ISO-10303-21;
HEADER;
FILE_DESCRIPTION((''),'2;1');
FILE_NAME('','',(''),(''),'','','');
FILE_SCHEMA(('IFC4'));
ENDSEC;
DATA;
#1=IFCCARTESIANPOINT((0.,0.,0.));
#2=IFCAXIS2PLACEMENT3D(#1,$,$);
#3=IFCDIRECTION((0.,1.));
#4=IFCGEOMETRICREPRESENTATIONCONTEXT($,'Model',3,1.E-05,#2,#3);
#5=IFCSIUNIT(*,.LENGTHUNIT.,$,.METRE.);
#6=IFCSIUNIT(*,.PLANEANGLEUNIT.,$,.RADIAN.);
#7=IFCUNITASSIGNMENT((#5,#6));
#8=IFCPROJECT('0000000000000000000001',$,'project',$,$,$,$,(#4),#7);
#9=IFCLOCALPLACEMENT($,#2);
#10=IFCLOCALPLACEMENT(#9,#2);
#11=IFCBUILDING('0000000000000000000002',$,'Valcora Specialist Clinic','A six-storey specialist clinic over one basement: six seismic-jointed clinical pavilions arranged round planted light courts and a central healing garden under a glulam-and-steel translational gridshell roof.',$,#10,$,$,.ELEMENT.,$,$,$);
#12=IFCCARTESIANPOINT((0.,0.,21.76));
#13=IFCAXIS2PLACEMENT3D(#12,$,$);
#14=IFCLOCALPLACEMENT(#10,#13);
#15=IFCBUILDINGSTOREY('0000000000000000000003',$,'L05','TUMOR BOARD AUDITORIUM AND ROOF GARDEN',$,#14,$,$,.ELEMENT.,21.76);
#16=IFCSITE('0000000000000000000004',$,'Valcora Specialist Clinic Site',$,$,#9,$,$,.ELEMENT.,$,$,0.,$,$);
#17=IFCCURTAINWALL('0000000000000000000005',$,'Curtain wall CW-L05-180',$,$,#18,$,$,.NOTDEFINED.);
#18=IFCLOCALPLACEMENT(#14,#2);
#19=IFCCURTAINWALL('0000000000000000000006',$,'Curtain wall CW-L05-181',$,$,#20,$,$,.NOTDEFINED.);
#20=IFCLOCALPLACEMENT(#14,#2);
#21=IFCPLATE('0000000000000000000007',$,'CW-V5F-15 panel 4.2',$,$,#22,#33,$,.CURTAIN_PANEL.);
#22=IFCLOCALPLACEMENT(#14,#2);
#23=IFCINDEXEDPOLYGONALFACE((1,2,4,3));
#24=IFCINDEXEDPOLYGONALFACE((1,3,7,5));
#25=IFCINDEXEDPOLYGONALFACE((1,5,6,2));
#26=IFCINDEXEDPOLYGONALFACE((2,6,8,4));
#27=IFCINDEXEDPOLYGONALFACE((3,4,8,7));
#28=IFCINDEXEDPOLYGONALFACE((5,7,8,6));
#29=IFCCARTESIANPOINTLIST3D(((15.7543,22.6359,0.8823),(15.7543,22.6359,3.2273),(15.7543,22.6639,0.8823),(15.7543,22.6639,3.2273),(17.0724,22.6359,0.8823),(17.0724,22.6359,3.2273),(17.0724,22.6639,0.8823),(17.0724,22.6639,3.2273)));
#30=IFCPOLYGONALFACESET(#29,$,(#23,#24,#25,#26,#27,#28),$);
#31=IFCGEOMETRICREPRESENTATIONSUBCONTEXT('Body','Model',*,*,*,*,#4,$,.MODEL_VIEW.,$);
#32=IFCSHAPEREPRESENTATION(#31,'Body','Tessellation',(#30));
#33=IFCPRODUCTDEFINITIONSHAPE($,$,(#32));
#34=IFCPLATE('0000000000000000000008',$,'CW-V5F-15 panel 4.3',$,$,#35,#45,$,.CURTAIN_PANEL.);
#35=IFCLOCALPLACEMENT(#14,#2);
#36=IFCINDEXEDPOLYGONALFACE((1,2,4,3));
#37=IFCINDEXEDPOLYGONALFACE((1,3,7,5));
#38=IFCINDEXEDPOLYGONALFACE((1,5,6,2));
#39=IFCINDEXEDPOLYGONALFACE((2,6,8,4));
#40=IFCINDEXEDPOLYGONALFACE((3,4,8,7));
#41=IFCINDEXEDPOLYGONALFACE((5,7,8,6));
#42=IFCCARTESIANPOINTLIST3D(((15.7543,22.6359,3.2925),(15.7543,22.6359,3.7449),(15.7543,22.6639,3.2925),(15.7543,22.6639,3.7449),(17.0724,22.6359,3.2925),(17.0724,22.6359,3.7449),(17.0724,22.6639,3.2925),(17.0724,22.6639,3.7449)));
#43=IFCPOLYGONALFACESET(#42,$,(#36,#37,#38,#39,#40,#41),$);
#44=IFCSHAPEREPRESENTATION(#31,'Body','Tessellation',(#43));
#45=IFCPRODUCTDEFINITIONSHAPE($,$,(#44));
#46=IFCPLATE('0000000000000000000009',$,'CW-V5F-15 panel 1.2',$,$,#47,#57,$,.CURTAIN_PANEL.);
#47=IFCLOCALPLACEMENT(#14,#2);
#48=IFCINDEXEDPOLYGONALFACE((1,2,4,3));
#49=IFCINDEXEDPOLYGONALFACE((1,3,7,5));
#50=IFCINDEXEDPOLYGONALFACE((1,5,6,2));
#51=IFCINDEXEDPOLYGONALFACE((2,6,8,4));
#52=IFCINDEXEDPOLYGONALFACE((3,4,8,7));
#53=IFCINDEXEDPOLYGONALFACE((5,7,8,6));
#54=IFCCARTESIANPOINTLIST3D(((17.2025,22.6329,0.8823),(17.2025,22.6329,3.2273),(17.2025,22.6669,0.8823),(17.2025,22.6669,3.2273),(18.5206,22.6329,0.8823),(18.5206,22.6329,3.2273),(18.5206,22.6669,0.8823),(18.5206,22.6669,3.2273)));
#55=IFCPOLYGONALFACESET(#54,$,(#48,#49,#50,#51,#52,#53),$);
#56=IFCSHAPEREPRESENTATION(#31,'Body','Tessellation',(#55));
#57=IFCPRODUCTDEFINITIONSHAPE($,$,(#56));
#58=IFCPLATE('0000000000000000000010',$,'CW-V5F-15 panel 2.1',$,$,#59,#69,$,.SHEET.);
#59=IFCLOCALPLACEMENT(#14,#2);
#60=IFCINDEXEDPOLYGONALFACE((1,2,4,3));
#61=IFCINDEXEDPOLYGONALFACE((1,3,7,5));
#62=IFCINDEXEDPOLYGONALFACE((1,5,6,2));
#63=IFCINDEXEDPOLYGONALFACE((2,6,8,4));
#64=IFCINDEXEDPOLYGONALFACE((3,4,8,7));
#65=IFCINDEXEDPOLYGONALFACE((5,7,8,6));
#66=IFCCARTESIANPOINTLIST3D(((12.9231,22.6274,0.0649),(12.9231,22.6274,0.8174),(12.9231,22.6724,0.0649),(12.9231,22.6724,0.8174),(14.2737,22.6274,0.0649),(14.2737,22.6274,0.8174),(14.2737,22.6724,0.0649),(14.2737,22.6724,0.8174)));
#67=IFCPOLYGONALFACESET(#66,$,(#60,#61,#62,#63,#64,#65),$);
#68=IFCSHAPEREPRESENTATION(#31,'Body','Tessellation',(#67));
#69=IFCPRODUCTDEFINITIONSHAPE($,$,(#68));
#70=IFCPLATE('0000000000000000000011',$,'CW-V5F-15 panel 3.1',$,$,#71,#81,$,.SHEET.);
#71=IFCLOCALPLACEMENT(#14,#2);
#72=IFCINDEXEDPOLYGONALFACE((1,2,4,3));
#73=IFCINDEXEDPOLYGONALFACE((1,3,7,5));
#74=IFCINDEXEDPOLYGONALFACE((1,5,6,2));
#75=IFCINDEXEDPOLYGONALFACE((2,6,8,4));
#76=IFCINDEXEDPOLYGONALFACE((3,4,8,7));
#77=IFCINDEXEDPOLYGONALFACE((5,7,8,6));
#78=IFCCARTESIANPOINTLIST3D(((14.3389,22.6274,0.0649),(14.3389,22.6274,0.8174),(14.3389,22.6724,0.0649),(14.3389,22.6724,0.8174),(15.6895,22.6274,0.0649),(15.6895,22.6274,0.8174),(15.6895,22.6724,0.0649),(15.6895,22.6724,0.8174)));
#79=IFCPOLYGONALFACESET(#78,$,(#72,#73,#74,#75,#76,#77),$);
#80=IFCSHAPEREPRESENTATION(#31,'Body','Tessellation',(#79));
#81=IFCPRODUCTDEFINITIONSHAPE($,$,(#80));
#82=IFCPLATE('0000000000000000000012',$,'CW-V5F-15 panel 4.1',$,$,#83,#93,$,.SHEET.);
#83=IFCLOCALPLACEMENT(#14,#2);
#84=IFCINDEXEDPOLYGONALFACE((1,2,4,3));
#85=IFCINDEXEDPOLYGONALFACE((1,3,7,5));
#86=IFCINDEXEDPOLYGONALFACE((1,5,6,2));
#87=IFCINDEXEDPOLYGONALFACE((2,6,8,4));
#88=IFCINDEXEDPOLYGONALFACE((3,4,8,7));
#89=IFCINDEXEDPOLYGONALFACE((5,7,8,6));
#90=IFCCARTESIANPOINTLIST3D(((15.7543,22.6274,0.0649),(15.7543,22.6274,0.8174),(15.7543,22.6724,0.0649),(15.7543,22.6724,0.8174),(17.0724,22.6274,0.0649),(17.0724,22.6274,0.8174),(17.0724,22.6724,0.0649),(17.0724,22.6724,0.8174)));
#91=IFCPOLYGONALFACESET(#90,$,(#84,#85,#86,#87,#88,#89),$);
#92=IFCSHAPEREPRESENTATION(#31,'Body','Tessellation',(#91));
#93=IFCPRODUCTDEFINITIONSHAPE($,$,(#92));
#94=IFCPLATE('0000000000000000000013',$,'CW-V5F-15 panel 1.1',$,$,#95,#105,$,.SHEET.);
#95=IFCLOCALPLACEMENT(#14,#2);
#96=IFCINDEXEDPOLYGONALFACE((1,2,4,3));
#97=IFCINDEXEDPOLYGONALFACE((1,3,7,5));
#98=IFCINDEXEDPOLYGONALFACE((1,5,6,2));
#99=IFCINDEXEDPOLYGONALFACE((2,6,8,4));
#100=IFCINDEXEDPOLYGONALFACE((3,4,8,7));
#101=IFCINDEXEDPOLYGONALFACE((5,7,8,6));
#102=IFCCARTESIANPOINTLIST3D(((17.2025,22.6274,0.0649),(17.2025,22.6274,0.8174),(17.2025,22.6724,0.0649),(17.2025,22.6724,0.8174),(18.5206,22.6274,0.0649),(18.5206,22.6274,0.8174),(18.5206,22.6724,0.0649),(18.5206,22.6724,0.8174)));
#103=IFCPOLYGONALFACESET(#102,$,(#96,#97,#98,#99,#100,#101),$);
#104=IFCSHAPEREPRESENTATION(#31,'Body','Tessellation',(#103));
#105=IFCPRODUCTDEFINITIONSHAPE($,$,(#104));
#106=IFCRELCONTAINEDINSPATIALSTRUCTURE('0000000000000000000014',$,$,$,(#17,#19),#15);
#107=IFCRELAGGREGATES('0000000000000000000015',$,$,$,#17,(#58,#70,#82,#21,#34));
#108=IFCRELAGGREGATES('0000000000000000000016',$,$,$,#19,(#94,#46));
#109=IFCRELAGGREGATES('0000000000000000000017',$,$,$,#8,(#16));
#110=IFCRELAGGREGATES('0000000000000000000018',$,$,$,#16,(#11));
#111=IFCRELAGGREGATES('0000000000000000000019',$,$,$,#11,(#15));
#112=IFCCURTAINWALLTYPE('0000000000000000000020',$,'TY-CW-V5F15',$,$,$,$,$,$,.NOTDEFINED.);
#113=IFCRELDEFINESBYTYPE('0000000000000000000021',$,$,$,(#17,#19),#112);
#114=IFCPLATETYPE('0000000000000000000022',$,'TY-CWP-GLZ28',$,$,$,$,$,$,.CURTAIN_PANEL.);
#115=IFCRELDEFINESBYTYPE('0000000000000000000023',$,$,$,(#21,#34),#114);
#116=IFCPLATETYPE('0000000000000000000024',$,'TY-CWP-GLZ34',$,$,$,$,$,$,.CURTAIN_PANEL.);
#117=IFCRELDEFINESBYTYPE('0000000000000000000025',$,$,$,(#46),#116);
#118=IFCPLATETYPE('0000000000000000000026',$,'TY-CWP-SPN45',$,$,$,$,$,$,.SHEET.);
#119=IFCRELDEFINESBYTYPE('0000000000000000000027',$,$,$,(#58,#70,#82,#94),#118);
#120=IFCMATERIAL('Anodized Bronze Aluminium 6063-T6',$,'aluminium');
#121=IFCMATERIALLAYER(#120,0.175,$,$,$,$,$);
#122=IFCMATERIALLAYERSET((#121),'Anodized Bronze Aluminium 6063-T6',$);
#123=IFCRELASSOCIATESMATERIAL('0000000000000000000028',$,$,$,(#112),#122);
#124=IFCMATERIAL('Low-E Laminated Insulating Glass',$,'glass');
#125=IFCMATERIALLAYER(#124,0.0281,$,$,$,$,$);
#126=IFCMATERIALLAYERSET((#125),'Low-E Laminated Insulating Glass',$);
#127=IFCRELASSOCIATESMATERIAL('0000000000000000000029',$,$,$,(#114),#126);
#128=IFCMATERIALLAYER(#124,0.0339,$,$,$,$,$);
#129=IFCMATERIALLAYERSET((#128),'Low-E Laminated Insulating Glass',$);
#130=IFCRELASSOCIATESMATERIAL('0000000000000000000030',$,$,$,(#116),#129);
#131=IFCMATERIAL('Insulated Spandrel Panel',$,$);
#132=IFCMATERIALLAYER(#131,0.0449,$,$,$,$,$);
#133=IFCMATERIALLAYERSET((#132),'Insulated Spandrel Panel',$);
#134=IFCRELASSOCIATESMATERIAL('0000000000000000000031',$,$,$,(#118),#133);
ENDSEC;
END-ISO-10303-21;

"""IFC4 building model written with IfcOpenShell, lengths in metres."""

from ifc_helpers import new_model, si_unit, direction, frame, origin, origin_2d, place, context, subcontext, project, spatial, rectangle, extrude, material, layer, layer_set, type_object, element, aggregate, save


model = new_model("IFC4")

# Units and contexts
model_context = context("Model", 3, precision=1e-05, world=origin(), true_north=direction((0.0, 1.0)))
body_context = subcontext(model_context, "Body", "Model", "MODEL_VIEW")
ifc_project = project(units=[si_unit("LENGTHUNIT", "METRE"), si_unit("PLANEANGLEUNIT", "RADIAN")], contexts=[model_context])

# Site, building, storey
site_placement = place(None, origin())
site = spatial("IfcSite", under=ifc_project, at=site_placement, Name="Valcora Specialist Clinic Site", CompositionType="ELEMENT", RefElevation=0.0)
building_placement = place(site_placement, origin())
building = spatial("IfcBuilding", under=site, at=building_placement, Name="Valcora Specialist Clinic", Description="A six-storey specialist clinic over one basement: six seismic-jointed clinical pavilions arranged round planted light courts and a central healing garden under a glulam-and-steel translational gridshell roof.", CompositionType="ELEMENT")
storey_placement = place(building_placement, frame((0.0, 0.0, 21.76)))
storey = spatial("IfcBuildingStorey", under=building, at=storey_placement, Name="L05", Description="TUMOR BOARD AUDITORIUM AND ROOF GARDEN", CompositionType="ELEMENT", Elevation=21.76)

# Curtain wall
ifc_material_1 = material(Name="Anodized Bronze Aluminium 6063-T6", Category="aluminium")
ifc_layer_1 = layer(ifc_material_1, 0.175)
ifc_layer_set_1 = layer_set([ifc_layer_1], Name="Anodized Bronze Aluminium 6063-T6")
curtain_wall_type = type_object("IfcCurtainWallType", Name="TY-CW-V5F15", PredefinedType="NOTDEFINED", material=ifc_layer_set_1)
curtain_wall_1_placement = place(storey_placement, origin())
curtain_wall_1 = element("IfcCurtainWall", 1, at=curtain_wall_1_placement, inside=storey, type_object=curtain_wall_type, Name="Curtain wall CW-L05-180", PredefinedType="NOTDEFINED")

# Curtain wall
curtain_wall_2_placement = place(storey_placement, origin())
curtain_wall_2 = element("IfcCurtainWall", 2, at=curtain_wall_2_placement, inside=storey, type_object=curtain_wall_type, Name="Curtain wall CW-L05-181", PredefinedType="NOTDEFINED")

# Plates
ifc_material_2 = material(Name="Low-E Laminated Insulating Glass", Category="glass")
ifc_layer_2 = layer(ifc_material_2, 0.0281)
ifc_layer_set_2 = layer_set([ifc_layer_2], Name="Low-E Laminated Insulating Glass")
plate_type_1 = type_object("IfcPlateType", Name="TY-CWP-GLZ28", PredefinedType="CURTAIN_PANEL", material=ifc_layer_set_2)
plate_1_placement = place(storey_placement, frame((16.4133, 22.6499, 0.8823), z_axis=(0.0, 0.0, 1.0), x_axis=(1.0, 0.0, 0.0)))
plate_1 = element("IfcPlate", 3, at=plate_1_placement, type_object=plate_type_1, Name="CW-V5F-15 panel 4.2", PredefinedType="CURTAIN_PANEL", context=body_context, shape_type="SweptSolid", body=[
    extrude(rectangle(XDim=1.3181, YDim=0.0281, at=origin_2d()), origin(), (0.0, 0.0, 1.0), 2.345),
])
plate_2_placement = place(storey_placement, frame((16.4133, 22.6499, 3.2925), z_axis=(0.0, 0.0, 1.0), x_axis=(1.0, 0.0, 0.0)))
plate_2 = element("IfcPlate", 4, at=plate_2_placement, type_object=plate_type_1, Name="CW-V5F-15 panel 4.3", PredefinedType="CURTAIN_PANEL", context=body_context, shape_type="SweptSolid", body=[
    extrude(rectangle(XDim=1.3181, YDim=0.0281, at=origin_2d()), origin(), (0.0, 0.0, 1.0), 0.4524),
])
ifc_layer_3 = layer(ifc_material_2, 0.0339)
ifc_layer_set_3 = layer_set([ifc_layer_3], Name="Low-E Laminated Insulating Glass")
plate_type_2 = type_object("IfcPlateType", Name="TY-CWP-GLZ34", PredefinedType="CURTAIN_PANEL", material=ifc_layer_set_3)
plate_3_placement = place(storey_placement, frame((17.8616, 22.6499, 0.8823), z_axis=(0.0, 0.0, 1.0), x_axis=(1.0, 0.0, 0.0)))
plate_3 = element("IfcPlate", 5, at=plate_3_placement, type_object=plate_type_2, Name="CW-V5F-15 panel 1.2", PredefinedType="CURTAIN_PANEL", context=body_context, shape_type="SweptSolid", body=[
    extrude(rectangle(XDim=1.3181, YDim=0.0339, at=origin_2d()), origin(), (0.0, 0.0, 1.0), 2.345),
])
ifc_material_3 = material(Name="Insulated Spandrel Panel")
ifc_layer_4 = layer(ifc_material_3, 0.0449)
ifc_layer_set_4 = layer_set([ifc_layer_4], Name="Insulated Spandrel Panel")
plate_type_3 = type_object("IfcPlateType", Name="TY-CWP-SPN45", PredefinedType="SHEET", material=ifc_layer_set_4)
plate_4_placement = place(storey_placement, frame((13.5984, 22.6499, 0.0649), z_axis=(0.0, 0.0, 1.0), x_axis=(1.0, 0.0, 0.0)))
plate_4 = element("IfcPlate", 6, at=plate_4_placement, type_object=plate_type_3, Name="CW-V5F-15 panel 2.1", PredefinedType="SHEET", context=body_context, shape_type="SweptSolid", body=[
    extrude(rectangle(XDim=1.3506, YDim=0.0449, at=origin_2d()), origin(), (0.0, 0.0, 1.0), 0.7524),
])
plate_5_placement = place(storey_placement, frame((15.0142, 22.6499, 0.0649), z_axis=(0.0, 0.0, 1.0), x_axis=(1.0, 0.0, 0.0)))
plate_5 = element("IfcPlate", 7, at=plate_5_placement, type_object=plate_type_3, Name="CW-V5F-15 panel 3.1", PredefinedType="SHEET", context=body_context, shape_type="SweptSolid", body=[
    extrude(rectangle(XDim=1.3506, YDim=0.0449, at=origin_2d()), origin(), (0.0, 0.0, 1.0), 0.7524),
])
plate_6_placement = place(storey_placement, frame((16.4133, 22.6499, 0.0649), z_axis=(0.0, 0.0, 1.0), x_axis=(1.0, 0.0, 0.0)))
plate_6 = element("IfcPlate", 8, at=plate_6_placement, type_object=plate_type_3, Name="CW-V5F-15 panel 4.1", PredefinedType="SHEET", context=body_context, shape_type="SweptSolid", body=[
    extrude(rectangle(XDim=1.3181, YDim=0.0449, at=origin_2d()), origin(), (0.0, 0.0, 1.0), 0.7524),
])
aggregate(curtain_wall_1, [plate_4, plate_5, plate_6, plate_1, plate_2])
plate_7_placement = place(storey_placement, frame((17.8616, 22.6499, 0.0649), z_axis=(0.0, 0.0, 1.0), x_axis=(1.0, 0.0, 0.0)))
plate_7 = element("IfcPlate", 9, at=plate_7_placement, type_object=plate_type_3, Name="CW-V5F-15 panel 1.1", PredefinedType="SHEET", context=body_context, shape_type="SweptSolid", body=[
    extrude(rectangle(XDim=1.3181, YDim=0.0449, at=origin_2d()), origin(), (0.0, 0.0, 1.0), 0.7524),
])
aggregate(curtain_wall_2, [plate_7, plate_3])

save(model, "model.ifc")
